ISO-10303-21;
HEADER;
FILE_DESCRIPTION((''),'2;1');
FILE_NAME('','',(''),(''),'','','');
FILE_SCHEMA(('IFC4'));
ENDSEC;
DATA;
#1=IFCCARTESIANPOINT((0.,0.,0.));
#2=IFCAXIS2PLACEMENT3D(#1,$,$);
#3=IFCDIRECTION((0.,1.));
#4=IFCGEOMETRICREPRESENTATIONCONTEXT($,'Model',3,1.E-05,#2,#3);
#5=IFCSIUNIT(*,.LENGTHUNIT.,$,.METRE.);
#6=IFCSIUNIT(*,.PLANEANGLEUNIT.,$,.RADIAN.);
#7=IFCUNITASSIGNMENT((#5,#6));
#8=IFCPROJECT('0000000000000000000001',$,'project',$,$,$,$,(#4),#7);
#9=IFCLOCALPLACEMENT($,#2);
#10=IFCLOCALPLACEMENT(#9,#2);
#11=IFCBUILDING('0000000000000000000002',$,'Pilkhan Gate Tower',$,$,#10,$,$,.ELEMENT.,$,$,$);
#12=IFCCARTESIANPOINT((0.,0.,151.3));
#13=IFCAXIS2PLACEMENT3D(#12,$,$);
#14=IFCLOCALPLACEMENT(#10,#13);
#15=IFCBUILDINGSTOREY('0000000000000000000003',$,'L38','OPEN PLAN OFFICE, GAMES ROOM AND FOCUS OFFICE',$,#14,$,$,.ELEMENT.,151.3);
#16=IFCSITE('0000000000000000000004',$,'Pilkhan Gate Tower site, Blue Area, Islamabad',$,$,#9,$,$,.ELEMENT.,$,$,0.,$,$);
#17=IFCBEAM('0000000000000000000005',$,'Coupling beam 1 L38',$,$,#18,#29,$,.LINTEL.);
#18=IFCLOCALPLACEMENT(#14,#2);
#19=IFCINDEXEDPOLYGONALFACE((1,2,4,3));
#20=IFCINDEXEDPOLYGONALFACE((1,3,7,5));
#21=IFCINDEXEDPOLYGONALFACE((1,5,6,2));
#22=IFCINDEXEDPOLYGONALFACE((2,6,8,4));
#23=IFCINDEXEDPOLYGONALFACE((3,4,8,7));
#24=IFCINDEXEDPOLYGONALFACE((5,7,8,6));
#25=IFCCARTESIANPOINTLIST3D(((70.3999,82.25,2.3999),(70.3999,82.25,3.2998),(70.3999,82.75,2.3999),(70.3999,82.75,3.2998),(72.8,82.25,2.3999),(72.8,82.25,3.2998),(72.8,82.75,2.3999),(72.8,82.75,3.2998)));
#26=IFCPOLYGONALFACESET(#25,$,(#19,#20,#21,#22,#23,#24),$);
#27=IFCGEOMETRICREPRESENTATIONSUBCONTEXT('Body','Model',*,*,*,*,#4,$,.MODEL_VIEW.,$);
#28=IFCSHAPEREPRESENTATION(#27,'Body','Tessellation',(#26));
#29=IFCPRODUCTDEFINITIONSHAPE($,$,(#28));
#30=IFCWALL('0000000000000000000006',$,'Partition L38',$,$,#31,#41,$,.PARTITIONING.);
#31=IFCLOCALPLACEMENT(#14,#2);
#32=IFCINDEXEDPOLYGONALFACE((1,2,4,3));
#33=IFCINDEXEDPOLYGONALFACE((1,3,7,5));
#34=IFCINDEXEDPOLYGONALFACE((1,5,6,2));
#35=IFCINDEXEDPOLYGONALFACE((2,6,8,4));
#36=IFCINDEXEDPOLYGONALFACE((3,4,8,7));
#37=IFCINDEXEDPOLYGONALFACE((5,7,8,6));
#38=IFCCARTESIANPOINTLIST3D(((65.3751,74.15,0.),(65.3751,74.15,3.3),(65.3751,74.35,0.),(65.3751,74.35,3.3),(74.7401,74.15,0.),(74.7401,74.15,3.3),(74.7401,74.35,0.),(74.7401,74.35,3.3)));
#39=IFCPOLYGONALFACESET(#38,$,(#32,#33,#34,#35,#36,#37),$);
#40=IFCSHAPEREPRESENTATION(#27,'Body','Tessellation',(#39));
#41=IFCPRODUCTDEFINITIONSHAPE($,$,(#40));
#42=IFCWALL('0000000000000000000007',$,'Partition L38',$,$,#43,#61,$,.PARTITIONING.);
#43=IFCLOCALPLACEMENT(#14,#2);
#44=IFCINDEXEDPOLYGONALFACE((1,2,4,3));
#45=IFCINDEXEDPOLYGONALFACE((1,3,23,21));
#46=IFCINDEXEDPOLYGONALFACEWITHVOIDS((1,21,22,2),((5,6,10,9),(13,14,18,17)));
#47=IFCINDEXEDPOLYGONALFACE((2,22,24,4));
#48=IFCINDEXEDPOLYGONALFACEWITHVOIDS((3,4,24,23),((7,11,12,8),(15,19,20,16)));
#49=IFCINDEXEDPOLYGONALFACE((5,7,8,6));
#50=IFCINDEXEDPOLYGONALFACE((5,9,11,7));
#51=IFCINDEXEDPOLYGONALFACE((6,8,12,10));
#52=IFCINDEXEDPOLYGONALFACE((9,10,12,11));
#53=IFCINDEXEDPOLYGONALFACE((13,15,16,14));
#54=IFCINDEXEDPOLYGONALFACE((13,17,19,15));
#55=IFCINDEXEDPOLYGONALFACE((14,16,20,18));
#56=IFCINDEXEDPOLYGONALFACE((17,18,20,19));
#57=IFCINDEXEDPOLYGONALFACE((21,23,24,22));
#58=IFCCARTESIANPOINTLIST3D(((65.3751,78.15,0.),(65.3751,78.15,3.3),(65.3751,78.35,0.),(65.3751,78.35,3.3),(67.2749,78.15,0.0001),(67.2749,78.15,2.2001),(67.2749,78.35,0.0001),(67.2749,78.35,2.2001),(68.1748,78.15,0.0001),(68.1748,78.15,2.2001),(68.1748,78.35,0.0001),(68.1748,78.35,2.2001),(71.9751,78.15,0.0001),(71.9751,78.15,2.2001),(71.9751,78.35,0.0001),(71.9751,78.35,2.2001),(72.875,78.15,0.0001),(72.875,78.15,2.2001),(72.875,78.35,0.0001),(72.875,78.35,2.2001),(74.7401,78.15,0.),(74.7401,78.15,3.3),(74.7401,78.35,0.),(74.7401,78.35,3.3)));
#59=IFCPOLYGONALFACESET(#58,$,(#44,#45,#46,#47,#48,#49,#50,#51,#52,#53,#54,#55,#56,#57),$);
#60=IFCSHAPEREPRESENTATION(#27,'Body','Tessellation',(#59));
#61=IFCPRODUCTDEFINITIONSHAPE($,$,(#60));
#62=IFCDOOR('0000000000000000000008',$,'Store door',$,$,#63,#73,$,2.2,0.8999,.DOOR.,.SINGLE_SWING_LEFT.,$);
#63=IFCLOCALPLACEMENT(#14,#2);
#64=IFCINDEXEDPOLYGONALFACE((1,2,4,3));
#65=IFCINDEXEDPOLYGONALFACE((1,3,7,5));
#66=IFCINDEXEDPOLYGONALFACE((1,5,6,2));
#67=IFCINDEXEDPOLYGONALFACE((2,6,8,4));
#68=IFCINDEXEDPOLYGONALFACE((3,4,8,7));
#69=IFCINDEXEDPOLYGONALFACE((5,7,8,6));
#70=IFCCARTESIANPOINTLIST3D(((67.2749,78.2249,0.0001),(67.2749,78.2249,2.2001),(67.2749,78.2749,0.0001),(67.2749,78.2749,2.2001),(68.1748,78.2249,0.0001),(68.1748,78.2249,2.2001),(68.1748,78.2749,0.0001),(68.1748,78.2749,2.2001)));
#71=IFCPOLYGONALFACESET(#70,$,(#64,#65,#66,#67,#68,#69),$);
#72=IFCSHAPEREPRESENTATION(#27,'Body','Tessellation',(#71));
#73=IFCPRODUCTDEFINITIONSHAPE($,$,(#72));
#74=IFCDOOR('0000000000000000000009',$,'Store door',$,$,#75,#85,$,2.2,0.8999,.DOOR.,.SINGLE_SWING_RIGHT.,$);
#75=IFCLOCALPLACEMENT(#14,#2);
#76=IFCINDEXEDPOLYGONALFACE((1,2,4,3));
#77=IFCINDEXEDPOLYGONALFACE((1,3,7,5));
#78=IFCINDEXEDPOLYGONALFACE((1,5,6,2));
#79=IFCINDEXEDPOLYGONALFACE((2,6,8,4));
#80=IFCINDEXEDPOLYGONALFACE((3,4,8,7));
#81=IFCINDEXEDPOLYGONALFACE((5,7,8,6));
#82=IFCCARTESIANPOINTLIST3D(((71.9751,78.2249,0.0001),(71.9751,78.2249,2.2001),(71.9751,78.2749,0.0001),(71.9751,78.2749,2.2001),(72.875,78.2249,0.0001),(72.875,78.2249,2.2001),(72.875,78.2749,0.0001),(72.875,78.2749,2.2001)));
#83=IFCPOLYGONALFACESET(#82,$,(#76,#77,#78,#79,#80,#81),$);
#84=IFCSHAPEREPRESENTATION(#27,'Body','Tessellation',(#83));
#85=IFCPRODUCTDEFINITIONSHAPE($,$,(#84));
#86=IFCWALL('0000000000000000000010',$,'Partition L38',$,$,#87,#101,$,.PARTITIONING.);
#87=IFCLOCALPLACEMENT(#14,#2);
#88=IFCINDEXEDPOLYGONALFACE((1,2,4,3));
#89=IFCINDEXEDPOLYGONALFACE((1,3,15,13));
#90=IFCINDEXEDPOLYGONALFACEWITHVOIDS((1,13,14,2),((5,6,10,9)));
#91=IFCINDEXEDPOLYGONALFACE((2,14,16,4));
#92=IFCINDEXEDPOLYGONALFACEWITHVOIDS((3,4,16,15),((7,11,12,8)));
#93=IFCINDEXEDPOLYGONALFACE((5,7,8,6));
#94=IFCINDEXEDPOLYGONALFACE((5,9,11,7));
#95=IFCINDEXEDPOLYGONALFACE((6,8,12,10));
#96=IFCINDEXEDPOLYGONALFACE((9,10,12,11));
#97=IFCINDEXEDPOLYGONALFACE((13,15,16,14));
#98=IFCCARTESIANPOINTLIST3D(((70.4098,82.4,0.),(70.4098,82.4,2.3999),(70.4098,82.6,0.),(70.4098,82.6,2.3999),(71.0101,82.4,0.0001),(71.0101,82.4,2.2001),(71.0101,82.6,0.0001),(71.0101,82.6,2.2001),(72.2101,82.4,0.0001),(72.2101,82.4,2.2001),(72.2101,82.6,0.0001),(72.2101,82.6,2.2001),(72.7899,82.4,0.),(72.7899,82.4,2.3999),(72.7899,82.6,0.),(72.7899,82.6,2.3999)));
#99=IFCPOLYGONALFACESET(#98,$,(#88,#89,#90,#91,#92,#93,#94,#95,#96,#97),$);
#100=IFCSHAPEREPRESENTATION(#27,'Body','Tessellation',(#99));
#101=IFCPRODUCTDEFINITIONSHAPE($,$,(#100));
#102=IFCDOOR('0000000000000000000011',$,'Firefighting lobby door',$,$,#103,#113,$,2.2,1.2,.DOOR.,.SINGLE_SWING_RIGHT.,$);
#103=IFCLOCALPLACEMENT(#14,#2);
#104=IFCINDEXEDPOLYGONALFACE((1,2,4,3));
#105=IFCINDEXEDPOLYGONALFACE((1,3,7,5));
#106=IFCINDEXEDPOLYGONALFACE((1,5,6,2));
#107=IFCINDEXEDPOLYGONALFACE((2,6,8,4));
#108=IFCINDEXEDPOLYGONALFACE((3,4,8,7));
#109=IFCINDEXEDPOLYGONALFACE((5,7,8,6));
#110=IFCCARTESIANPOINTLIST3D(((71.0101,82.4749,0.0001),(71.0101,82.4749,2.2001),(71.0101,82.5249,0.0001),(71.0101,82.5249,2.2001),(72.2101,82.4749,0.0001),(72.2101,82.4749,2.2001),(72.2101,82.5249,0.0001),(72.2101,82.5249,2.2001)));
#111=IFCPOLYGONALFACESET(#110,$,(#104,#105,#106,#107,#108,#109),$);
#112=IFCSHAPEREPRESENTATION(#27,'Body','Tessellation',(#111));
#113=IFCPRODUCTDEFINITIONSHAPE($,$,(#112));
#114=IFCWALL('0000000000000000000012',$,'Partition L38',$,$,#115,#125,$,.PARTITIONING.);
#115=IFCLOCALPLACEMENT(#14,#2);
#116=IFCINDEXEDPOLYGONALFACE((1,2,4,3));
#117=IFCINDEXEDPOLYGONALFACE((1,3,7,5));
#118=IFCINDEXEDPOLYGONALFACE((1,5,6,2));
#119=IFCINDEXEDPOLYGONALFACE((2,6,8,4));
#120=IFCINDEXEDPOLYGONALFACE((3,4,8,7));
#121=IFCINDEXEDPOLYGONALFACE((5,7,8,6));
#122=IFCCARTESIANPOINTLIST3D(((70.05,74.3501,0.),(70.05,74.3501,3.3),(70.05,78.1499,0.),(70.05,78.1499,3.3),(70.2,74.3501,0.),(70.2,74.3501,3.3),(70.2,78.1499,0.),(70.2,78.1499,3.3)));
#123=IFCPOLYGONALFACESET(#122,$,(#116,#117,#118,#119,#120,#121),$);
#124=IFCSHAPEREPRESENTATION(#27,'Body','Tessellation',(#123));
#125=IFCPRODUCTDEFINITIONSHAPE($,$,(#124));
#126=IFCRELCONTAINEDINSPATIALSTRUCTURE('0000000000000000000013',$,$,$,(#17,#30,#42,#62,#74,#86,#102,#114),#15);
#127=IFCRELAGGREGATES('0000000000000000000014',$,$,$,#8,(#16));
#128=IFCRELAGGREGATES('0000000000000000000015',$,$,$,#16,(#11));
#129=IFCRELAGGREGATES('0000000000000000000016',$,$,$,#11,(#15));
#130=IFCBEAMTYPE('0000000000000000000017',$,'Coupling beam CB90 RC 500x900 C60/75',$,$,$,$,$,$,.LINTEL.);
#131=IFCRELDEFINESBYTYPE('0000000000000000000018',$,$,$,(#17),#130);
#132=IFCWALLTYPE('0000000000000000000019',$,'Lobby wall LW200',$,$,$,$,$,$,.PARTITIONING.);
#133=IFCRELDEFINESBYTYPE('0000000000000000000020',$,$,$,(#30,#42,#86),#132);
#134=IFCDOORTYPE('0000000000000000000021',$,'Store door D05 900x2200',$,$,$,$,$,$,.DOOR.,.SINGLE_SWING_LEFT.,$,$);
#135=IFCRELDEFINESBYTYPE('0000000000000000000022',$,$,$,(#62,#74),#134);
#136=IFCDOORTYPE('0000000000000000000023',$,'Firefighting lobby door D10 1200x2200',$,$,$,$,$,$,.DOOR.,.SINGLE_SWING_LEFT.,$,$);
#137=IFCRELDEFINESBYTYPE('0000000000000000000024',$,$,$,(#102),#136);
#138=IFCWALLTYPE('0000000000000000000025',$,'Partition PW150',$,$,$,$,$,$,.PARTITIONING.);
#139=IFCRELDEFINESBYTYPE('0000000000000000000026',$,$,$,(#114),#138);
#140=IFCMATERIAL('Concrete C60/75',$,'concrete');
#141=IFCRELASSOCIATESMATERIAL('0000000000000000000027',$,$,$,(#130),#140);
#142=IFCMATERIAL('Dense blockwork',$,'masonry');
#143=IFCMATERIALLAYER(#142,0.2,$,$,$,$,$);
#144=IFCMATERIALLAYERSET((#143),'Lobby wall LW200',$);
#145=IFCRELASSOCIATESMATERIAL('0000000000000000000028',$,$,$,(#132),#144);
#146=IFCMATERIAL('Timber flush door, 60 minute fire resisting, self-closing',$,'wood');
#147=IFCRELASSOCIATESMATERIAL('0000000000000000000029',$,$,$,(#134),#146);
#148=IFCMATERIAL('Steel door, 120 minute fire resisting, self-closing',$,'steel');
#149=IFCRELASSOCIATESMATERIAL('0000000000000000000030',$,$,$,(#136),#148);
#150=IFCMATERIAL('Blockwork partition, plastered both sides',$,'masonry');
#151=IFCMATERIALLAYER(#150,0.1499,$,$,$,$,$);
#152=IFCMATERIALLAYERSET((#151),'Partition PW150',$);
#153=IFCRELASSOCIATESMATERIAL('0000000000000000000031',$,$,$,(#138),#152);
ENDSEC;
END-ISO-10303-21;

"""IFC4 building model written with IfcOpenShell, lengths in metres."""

from ifc_helpers import new_model, si_unit, direction, frame, frame_2d, origin, origin_2d, place, context, subcontext, project, spatial, rectangle, extrude, material, layer, layer_set, material_profile, profile_set, type_object, element, fill, save


model = new_model("IFC4")

# Units and contexts
model_context = context("Model", 3, precision=1e-05, world=origin(), true_north=direction((0.0, 1.0)))
body_context = subcontext(model_context, "Body", "Model", "MODEL_VIEW")
ifc_project = project(units=[si_unit("LENGTHUNIT", "METRE"), si_unit("PLANEANGLEUNIT", "RADIAN")], contexts=[model_context])

# Site, building, storey
site_placement = place(None, origin())
site = spatial("IfcSite", under=ifc_project, at=site_placement, Name="Pilkhan Gate Tower site, Blue Area, Islamabad", CompositionType="ELEMENT", RefElevation=0.0)
building_placement = place(site_placement, origin())
building = spatial("IfcBuilding", under=site, at=building_placement, Name="Pilkhan Gate Tower", CompositionType="ELEMENT")
storey_placement = place(building_placement, frame((0.0, 0.0, 151.3)))
storey = spatial("IfcBuildingStorey", under=building, at=storey_placement, Name="L38", Description="OPEN PLAN OFFICE, GAMES ROOM AND FOCUS OFFICE", CompositionType="ELEMENT", Elevation=151.3)

# Beam
ifc_material_1 = material(Name="Concrete C60/75", Category="concrete")
ifc_material_profile = material_profile(ifc_material_1, rectangle(XDim=0.5, YDim=0.8999, at=origin_2d()), Name="RC 500x900")
ifc_profile_set = profile_set([ifc_material_profile], Name="Concrete C60/75")
beam_type = type_object("IfcBeamType", Name="Coupling beam CB90 RC 500x900 C60/75", PredefinedType="LINTEL", material=ifc_profile_set)
beam_placement = place(storey_placement, frame((70.3999, 82.5, 2.8499), z_axis=(1.0, 0.0, 0.0), x_axis=(0.0, 1.0, 0.0)))
element("IfcBeam", 1, at=beam_placement, inside=storey, type_object=beam_type, Name="Coupling beam 1 L38", PredefinedType="LINTEL", context=body_context, shape_type="SweptSolid", body=[
    extrude(rectangle(XDim=0.5, YDim=0.8999, at=origin_2d()), origin(), (0.0, 0.0, 1.0), 2.4001),
])

# Wall
ifc_material_2 = material(Name="Dense blockwork", Category="masonry")
ifc_layer_1 = layer(ifc_material_2, 0.2)
ifc_layer_set_1 = layer_set([ifc_layer_1], Name="Lobby wall LW200")
wall_type_1 = type_object("IfcWallType", Name="Lobby wall LW200", PredefinedType="PARTITIONING", material=ifc_layer_set_1)
wall_1_placement = place(storey_placement, frame((65.375, 74.25, 0.0), z_axis=(0.0, 0.0, 1.0), x_axis=(1.0, 0.0, 0.0)))
element("IfcWall", 2, at=wall_1_placement, inside=storey, type_object=wall_type_1, Name="Partition L38", PredefinedType="PARTITIONING", context=body_context, shape_type="SweptSolid", body=[
    extrude(rectangle(XDim=9.365, YDim=0.2, at=frame_2d((4.6826, 0.0))), origin(), (0.0, 0.0, 1.0), 3.3),
])

# Wall, openings, doors
wall_2_placement = place(storey_placement, frame((65.375, 78.25, 0.0), z_axis=(0.0, 0.0, 1.0), x_axis=(1.0, 0.0, 0.0)))
wall_2 = element("IfcWall", 3, at=wall_2_placement, inside=storey, type_object=wall_type_1, Name="Partition L38", PredefinedType="PARTITIONING", context=body_context, shape_type="SweptSolid", body=[
    extrude(rectangle(XDim=9.365, YDim=0.2, at=frame_2d((4.6826, 0.0))), origin(), (0.0, 0.0, 1.0), 3.3),
])
opening_1_placement = place(wall_2_placement, frame((1.8999, 0.0, 0.0)))
opening_1 = element("IfcOpeningElement", 4, at=opening_1_placement, cuts=wall_2, PredefinedType="OPENING", context=body_context, shape_type="SweptSolid", body=[
    extrude(rectangle(XDim=0.8999, YDim=2.2, at=frame_2d((0.45, 1.1001))), frame((0.0, 0.1099, 0.0), z_axis=(0.0, -1.0, 0.0), x_axis=(1.0, 0.0, 0.0)), (0.0, 0.0, 1.0), 0.22),
])
opening_2_placement = place(wall_2_placement, frame((6.6001, 0.0, 0.0)))
opening_2 = element("IfcOpeningElement", 5, at=opening_2_placement, cuts=wall_2, PredefinedType="OPENING", context=body_context, shape_type="SweptSolid", body=[
    extrude(rectangle(XDim=0.8999, YDim=2.2, at=frame_2d((0.45, 1.1001))), frame((0.0, 0.1099, 0.0), z_axis=(0.0, -1.0, 0.0), x_axis=(1.0, 0.0, 0.0)), (0.0, 0.0, 1.0), 0.22),
])
ifc_material_3 = material(Name="Timber flush door, 60 minute fire resisting, self-closing", Category="wood")
door_type_1 = type_object("IfcDoorType", Name="Store door D05 900x2200", OperationType="SINGLE_SWING_LEFT", PredefinedType="DOOR", material=ifc_material_3)
door_1_placement = place(opening_1_placement, origin())
door_1 = element("IfcDoor", 6, at=door_1_placement, inside=storey, type_object=door_type_1, Name="Store door", OperationType="SINGLE_SWING_LEFT", OverallHeight=2.2, OverallWidth=0.8999, PredefinedType="DOOR", context=body_context, shape_type="SweptSolid", body=[
    extrude(rectangle(XDim=0.8999, YDim=2.2, at=frame_2d((0.45, 1.1001))), frame((0.0, 0.0249, 0.0), z_axis=(0.0, -1.0, 0.0), x_axis=(1.0, 0.0, 0.0)), (0.0, 0.0, 1.0), 0.05),
])
fill(opening_1, door_1)
door_2_placement = place(opening_2_placement, origin())
door_2 = element("IfcDoor", 7, at=door_2_placement, inside=storey, type_object=door_type_1, Name="Store door", OperationType="SINGLE_SWING_RIGHT", OverallHeight=2.2, OverallWidth=0.8999, PredefinedType="DOOR", context=body_context, shape_type="SweptSolid", body=[
    extrude(rectangle(XDim=0.8999, YDim=2.2, at=frame_2d((0.45, 1.1001))), frame((0.0, 0.0249, 0.0), z_axis=(0.0, -1.0, 0.0), x_axis=(1.0, 0.0, 0.0)), (0.0, 0.0, 1.0), 0.05),
])
fill(opening_2, door_2)

# Wall, opening, door
wall_3_placement = place(storey_placement, frame((70.4099, 82.5, 0.0), z_axis=(0.0, 0.0, 1.0), x_axis=(1.0, 0.0, 0.0)))
wall_3 = element("IfcWall", 8, at=wall_3_placement, inside=storey, type_object=wall_type_1, Name="Partition L38", PredefinedType="PARTITIONING", context=body_context, shape_type="SweptSolid", body=[
    extrude(rectangle(XDim=2.3801, YDim=0.2, at=frame_2d((1.1899, 0.0))), origin(), (0.0, 0.0, 1.0), 2.3999),
])
opening_3_placement = place(wall_3_placement, frame((0.6001, 0.0, 0.0)))
opening_3 = element("IfcOpeningElement", 9, at=opening_3_placement, cuts=wall_3, PredefinedType="OPENING", context=body_context, shape_type="SweptSolid", body=[
    extrude(rectangle(XDim=1.2, YDim=2.2, at=frame_2d((0.6001, 1.1001))), frame((0.0, 0.1099, 0.0), z_axis=(0.0, -1.0, 0.0), x_axis=(1.0, 0.0, 0.0)), (0.0, 0.0, 1.0), 0.22),
])
ifc_material_4 = material(Name="Steel door, 120 minute fire resisting, self-closing", Category="steel")
door_type_2 = type_object("IfcDoorType", Name="Firefighting lobby door D10 1200x2200", OperationType="SINGLE_SWING_LEFT", PredefinedType="DOOR", material=ifc_material_4)
door_3_placement = place(opening_3_placement, origin())
door_3 = element("IfcDoor", 10, at=door_3_placement, inside=storey, type_object=door_type_2, Name="Firefighting lobby door", OperationType="SINGLE_SWING_RIGHT", OverallHeight=2.2, OverallWidth=1.2, PredefinedType="DOOR", context=body_context, shape_type="SweptSolid", body=[
    extrude(rectangle(XDim=1.2, YDim=2.2, at=frame_2d((0.6001, 1.1001))), frame((0.0, 0.0249, 0.0), z_axis=(0.0, -1.0, 0.0), x_axis=(1.0, 0.0, 0.0)), (0.0, 0.0, 1.0), 0.05),
])
fill(opening_3, door_3)

# Wall
ifc_material_5 = material(Name="Blockwork partition, plastered both sides", Category="masonry")
ifc_layer_2 = layer(ifc_material_5, 0.1499)
ifc_layer_set_2 = layer_set([ifc_layer_2], Name="Partition PW150")
wall_type_2 = type_object("IfcWallType", Name="Partition PW150", PredefinedType="PARTITIONING", material=ifc_layer_set_2)
wall_4_placement = place(storey_placement, frame((70.125, 74.3501, 0.0), z_axis=(0.0, 0.0, 1.0), x_axis=(0.0, 1.0, 0.0)))
element("IfcWall", 11, at=wall_4_placement, inside=storey, type_object=wall_type_2, Name="Partition L38", PredefinedType="PARTITIONING", context=body_context, shape_type="SweptSolid", body=[
    extrude(rectangle(XDim=3.7998, YDim=0.1499, at=frame_2d((1.8999, 0.0))), origin(), (0.0, 0.0, 1.0), 3.3),
])

save(model, "model.ifc")
